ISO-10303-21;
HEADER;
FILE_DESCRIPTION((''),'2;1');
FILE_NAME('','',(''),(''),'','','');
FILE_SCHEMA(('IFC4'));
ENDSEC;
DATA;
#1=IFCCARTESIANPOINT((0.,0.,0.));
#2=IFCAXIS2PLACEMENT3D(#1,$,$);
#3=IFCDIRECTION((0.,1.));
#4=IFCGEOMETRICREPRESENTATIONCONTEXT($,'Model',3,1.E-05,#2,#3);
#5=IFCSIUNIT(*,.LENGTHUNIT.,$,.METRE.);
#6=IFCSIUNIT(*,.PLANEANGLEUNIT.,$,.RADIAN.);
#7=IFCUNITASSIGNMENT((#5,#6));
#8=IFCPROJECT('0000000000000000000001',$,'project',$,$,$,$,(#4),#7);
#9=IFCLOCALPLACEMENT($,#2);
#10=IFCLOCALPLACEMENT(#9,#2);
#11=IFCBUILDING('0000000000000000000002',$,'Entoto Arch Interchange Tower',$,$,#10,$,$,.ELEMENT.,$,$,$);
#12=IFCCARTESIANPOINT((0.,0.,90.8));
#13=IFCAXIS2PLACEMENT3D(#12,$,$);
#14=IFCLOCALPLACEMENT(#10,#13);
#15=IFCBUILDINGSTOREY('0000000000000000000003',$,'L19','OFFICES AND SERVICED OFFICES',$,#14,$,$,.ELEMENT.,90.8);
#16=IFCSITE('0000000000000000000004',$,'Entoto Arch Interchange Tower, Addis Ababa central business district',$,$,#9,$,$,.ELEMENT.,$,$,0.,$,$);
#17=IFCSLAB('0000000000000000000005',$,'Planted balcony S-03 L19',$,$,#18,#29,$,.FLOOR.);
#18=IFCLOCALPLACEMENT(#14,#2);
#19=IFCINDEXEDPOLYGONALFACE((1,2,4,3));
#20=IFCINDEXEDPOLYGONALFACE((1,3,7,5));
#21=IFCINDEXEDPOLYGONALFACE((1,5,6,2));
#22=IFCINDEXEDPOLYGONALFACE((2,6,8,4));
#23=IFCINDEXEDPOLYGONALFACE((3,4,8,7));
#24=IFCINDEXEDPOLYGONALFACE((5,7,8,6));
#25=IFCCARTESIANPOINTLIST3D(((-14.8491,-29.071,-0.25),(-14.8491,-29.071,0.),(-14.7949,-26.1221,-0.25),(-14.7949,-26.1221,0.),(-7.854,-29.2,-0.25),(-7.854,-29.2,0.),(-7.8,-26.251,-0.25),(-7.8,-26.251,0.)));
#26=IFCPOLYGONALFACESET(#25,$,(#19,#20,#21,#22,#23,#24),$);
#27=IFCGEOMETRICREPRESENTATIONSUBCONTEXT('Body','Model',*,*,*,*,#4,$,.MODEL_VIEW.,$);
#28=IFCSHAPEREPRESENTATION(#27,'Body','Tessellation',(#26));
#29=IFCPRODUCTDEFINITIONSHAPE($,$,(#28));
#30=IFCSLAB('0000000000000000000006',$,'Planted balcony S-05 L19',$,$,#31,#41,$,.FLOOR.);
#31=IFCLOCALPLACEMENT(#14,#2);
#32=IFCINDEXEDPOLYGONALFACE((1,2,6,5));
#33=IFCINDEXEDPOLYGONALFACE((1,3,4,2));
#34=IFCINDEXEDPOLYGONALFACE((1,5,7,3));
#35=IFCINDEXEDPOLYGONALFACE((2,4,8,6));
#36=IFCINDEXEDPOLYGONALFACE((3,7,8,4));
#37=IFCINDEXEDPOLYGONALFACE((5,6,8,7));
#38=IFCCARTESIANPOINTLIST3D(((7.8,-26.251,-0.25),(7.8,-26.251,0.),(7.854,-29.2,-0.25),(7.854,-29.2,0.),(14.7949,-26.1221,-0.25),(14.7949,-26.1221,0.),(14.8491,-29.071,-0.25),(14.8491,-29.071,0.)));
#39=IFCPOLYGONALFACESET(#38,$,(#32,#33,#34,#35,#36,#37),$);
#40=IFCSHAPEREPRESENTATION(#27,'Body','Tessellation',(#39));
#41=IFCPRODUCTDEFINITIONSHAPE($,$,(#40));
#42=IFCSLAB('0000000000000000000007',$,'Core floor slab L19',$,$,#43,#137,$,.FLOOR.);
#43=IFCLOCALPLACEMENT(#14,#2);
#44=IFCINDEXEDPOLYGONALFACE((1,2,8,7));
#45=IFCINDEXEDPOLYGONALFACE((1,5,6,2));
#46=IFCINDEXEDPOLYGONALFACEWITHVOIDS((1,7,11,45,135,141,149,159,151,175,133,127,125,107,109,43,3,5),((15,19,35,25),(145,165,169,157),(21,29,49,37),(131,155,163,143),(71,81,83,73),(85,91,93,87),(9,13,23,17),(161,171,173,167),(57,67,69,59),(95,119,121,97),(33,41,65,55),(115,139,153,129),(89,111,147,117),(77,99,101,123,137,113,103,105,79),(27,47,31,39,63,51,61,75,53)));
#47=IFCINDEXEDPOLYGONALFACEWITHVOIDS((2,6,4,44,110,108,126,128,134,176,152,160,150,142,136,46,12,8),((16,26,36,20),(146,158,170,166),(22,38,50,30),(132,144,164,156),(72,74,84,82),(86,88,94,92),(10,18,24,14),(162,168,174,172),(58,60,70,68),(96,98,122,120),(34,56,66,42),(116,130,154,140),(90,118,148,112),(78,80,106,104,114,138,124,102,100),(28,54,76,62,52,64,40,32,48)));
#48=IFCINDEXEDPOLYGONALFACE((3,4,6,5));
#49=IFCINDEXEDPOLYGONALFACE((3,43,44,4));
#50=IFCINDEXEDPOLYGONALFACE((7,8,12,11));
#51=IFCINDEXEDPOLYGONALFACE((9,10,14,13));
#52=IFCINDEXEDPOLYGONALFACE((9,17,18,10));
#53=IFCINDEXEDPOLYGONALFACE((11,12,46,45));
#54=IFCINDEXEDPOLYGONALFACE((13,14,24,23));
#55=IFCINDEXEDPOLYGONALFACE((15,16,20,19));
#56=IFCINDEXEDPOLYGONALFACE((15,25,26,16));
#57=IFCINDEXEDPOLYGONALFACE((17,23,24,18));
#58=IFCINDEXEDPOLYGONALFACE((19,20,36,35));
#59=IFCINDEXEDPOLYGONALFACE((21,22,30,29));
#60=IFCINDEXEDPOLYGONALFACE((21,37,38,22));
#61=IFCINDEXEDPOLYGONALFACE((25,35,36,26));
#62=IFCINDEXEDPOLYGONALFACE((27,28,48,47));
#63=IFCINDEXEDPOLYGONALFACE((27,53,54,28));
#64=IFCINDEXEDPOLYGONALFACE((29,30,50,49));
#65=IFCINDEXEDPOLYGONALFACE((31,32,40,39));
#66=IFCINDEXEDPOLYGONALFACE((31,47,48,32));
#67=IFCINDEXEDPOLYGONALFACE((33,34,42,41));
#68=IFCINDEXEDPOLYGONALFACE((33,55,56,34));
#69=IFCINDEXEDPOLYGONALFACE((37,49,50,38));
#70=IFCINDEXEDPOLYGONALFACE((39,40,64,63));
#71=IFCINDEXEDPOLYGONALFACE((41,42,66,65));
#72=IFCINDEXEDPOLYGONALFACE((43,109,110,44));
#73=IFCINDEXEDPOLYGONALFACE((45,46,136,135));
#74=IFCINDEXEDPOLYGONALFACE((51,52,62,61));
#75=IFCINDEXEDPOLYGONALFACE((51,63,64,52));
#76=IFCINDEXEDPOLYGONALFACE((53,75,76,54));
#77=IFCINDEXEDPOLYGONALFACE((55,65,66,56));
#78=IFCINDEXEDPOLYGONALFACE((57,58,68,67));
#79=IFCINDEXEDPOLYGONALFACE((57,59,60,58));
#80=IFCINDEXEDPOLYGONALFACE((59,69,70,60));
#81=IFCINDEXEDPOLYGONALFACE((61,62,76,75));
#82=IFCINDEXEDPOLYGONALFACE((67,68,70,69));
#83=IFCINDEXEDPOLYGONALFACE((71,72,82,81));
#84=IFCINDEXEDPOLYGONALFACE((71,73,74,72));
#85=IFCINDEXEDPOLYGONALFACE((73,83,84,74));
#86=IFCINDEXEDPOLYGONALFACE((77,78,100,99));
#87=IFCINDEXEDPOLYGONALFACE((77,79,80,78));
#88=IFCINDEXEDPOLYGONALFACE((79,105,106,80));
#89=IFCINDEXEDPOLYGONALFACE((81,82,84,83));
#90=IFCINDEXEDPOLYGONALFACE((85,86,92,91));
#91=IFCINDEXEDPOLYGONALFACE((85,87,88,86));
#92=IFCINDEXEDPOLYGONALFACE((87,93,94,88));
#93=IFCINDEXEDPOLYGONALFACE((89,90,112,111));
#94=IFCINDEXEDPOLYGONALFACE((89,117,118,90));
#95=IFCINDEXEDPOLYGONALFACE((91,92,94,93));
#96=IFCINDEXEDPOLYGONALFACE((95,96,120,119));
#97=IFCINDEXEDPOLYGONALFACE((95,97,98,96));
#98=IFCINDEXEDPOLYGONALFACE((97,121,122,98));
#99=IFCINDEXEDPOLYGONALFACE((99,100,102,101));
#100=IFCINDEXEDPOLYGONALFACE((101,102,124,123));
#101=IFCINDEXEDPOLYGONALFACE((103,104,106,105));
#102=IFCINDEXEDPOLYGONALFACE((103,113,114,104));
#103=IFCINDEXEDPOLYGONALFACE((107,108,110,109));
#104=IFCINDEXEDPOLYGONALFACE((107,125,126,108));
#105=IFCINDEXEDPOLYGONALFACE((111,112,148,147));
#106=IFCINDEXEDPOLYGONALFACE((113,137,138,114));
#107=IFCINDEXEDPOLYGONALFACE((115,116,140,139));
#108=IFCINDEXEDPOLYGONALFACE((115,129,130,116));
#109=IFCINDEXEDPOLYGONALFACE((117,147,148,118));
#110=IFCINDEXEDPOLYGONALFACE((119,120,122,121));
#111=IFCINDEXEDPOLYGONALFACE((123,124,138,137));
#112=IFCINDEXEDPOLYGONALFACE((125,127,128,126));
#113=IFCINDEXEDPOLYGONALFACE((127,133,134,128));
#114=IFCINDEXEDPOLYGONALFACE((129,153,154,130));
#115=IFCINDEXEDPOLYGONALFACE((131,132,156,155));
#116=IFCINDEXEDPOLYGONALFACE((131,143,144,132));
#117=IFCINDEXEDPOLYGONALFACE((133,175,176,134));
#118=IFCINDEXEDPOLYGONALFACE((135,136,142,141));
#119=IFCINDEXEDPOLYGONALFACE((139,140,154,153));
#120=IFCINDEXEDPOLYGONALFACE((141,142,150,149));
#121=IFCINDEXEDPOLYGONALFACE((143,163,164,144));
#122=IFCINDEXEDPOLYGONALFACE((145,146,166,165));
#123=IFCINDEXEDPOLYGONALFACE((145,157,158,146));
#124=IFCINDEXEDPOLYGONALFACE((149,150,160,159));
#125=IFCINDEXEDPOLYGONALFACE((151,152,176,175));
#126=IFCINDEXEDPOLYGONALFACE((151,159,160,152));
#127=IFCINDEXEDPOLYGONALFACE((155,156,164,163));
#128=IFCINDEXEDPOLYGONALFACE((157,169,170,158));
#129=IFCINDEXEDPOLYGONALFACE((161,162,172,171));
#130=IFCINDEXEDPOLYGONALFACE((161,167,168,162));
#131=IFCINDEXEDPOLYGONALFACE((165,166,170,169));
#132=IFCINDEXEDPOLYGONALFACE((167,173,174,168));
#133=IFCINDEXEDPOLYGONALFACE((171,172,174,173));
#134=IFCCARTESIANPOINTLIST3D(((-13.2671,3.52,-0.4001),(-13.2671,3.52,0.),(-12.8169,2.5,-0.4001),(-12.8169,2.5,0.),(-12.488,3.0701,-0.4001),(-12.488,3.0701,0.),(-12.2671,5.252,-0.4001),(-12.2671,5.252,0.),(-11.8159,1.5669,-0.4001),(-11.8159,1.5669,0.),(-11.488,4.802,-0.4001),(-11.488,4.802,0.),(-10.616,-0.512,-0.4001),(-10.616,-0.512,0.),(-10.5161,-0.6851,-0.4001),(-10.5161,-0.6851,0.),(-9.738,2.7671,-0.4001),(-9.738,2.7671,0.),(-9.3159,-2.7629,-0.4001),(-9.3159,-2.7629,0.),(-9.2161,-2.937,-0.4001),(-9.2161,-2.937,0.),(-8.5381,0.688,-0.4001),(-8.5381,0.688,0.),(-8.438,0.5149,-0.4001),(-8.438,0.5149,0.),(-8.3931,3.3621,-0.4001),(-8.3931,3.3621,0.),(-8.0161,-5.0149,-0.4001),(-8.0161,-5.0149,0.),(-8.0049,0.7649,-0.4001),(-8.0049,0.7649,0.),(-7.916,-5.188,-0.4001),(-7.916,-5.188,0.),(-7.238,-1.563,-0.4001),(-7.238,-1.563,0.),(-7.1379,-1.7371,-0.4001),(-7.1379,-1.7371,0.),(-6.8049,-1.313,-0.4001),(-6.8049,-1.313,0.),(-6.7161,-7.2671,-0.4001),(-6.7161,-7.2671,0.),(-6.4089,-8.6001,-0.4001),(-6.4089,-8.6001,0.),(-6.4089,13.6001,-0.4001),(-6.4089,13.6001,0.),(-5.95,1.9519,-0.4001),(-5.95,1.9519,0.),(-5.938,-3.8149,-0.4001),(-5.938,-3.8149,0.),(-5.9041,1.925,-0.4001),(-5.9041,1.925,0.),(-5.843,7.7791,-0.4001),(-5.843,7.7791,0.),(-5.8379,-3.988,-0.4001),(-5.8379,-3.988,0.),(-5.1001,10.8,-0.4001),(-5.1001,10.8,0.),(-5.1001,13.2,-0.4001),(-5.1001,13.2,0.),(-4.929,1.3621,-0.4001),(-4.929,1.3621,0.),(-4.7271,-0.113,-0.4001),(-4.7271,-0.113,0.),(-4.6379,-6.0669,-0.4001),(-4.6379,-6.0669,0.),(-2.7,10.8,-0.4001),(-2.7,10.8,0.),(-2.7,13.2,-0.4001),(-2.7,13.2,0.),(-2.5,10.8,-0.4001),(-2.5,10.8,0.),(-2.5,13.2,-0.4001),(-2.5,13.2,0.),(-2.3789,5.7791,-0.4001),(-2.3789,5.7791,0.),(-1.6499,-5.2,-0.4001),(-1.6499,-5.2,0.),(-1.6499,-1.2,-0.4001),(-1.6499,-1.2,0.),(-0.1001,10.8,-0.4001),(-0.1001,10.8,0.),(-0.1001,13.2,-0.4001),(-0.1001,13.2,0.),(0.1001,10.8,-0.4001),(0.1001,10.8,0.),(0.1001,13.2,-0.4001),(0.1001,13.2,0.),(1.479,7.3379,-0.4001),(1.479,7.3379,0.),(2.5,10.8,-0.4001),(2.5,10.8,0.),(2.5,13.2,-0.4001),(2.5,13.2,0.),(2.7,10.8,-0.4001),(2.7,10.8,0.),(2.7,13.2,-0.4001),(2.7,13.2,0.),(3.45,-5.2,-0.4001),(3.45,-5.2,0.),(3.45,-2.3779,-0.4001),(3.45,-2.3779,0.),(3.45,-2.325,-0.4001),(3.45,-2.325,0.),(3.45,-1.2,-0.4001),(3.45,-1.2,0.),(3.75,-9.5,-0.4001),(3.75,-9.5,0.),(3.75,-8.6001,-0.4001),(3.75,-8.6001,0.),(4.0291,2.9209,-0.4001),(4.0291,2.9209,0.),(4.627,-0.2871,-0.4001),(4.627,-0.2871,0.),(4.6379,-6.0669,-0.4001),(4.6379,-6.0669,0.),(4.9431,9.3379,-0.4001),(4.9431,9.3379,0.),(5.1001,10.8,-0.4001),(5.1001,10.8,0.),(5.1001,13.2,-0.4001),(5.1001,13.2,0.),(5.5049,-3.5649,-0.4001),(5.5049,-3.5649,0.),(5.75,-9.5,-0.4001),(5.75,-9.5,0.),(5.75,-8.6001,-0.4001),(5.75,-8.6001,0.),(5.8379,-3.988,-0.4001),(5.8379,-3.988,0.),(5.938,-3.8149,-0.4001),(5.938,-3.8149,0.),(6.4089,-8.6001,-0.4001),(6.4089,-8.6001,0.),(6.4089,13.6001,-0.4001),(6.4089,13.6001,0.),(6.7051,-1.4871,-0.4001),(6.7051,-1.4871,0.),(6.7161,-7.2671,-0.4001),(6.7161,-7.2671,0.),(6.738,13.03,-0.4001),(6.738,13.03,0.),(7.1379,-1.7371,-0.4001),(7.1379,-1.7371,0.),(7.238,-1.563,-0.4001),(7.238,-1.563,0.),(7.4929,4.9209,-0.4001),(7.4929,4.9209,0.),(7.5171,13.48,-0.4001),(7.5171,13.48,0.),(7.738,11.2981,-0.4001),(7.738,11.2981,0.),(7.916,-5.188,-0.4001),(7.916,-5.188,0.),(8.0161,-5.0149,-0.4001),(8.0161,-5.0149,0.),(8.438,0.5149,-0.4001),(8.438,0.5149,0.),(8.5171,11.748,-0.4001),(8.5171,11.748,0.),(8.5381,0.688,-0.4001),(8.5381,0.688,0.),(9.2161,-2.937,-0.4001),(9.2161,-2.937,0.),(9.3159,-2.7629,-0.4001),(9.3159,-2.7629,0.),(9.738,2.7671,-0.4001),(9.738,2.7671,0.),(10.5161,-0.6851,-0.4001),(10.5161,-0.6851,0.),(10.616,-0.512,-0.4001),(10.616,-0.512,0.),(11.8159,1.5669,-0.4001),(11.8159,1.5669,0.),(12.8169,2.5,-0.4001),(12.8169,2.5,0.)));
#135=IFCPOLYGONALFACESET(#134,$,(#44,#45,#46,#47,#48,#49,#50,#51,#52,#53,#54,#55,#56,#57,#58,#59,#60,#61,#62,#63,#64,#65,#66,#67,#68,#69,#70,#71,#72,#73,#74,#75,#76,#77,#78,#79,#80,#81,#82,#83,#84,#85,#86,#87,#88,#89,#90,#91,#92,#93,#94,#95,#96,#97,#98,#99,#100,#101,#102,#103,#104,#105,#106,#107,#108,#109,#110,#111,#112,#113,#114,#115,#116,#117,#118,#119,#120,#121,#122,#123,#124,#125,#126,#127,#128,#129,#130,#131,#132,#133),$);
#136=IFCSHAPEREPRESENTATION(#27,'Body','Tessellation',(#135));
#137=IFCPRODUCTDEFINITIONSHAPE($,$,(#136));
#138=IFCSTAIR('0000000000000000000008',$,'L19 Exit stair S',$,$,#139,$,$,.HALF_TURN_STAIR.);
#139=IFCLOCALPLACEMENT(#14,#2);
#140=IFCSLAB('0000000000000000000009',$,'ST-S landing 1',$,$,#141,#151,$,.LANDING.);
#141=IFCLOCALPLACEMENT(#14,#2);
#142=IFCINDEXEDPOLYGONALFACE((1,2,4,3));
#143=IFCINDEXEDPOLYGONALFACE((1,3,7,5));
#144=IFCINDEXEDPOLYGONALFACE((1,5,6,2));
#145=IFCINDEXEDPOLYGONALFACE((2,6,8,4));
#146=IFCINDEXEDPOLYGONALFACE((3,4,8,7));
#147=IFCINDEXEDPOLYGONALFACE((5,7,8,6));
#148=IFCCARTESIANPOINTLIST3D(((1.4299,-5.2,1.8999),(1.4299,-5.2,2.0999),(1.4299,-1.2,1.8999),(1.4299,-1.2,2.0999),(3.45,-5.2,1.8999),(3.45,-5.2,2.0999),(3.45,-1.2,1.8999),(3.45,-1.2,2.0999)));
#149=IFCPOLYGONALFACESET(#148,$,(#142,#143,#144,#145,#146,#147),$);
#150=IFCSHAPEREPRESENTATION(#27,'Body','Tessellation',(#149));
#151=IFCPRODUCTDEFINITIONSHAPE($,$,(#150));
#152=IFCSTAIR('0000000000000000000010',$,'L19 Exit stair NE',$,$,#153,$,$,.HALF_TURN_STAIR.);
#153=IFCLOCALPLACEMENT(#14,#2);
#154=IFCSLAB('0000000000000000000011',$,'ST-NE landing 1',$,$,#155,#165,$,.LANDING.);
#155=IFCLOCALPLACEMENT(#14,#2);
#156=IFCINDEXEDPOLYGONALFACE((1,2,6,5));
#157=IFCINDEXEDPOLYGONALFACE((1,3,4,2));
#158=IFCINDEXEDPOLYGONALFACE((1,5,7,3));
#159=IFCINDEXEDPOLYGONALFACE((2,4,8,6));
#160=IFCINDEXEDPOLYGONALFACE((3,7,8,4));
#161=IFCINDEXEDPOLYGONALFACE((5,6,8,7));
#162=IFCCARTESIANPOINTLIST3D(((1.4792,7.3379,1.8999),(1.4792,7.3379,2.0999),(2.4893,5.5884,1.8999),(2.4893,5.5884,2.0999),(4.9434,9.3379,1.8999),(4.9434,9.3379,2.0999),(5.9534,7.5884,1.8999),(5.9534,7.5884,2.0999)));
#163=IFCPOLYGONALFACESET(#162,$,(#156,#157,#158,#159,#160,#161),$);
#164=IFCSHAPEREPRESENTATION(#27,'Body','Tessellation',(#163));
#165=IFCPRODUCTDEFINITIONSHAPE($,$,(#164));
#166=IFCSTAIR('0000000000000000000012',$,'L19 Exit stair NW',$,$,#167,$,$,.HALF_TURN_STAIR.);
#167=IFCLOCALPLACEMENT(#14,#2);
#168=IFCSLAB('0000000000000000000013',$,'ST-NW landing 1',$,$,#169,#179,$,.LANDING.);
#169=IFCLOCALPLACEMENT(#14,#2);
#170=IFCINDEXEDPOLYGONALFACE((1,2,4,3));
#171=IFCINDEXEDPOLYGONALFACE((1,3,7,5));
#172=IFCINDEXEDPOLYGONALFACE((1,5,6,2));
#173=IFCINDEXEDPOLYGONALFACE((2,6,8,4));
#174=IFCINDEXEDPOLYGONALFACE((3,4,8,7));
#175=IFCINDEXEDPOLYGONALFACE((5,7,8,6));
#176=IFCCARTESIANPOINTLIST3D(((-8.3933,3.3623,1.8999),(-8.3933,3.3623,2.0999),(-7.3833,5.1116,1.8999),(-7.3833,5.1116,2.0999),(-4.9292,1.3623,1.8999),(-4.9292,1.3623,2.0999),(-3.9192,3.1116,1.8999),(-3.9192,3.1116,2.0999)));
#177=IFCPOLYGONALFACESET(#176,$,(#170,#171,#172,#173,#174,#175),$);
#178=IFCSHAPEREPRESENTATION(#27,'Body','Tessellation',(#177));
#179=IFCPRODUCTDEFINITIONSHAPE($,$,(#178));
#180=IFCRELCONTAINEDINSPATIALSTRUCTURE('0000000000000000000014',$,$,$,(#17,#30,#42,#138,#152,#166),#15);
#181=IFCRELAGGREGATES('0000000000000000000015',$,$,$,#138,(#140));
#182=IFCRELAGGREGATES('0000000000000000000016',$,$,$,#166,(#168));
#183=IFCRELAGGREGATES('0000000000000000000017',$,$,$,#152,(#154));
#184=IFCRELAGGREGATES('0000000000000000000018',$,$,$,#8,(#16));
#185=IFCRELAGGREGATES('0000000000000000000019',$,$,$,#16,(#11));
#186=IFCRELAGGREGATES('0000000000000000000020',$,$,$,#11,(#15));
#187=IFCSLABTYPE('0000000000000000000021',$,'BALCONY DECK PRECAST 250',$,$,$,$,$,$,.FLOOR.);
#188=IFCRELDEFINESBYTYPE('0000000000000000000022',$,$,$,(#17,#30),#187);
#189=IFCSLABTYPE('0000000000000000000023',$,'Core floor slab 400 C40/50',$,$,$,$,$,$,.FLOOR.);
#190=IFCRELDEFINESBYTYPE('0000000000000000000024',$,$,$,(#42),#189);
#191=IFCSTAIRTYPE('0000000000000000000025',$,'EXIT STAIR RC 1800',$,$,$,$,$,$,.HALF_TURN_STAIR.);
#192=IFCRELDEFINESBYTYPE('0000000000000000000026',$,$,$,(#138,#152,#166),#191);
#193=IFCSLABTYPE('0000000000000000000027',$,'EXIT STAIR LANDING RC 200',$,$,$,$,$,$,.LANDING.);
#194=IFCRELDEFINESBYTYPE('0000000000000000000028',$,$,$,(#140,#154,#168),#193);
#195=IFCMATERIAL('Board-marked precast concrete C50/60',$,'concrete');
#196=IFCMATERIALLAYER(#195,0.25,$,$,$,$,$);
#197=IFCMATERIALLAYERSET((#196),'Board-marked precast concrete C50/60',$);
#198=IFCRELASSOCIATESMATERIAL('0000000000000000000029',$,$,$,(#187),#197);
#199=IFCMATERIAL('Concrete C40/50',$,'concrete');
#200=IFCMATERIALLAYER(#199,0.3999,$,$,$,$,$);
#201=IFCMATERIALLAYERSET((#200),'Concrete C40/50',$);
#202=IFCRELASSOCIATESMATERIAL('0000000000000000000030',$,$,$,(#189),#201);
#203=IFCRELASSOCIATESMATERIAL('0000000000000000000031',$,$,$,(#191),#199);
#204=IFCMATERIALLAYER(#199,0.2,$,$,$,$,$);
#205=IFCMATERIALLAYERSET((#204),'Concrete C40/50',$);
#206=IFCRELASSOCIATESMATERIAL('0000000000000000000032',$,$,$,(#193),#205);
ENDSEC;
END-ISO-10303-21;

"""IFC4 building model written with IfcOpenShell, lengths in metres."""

from ifc_helpers import new_model, si_unit, direction, frame, origin, place, context, subcontext, project, spatial, polyline, outline, extrude, material, layer, layer_set, type_object, element, aggregate, save


model = new_model("IFC4")

# Units and contexts
model_context = context("Model", 3, precision=1e-05, world=origin(), true_north=direction((0.0, 1.0)))
body_context = subcontext(model_context, "Body", "Model", "MODEL_VIEW")
ifc_project = project(units=[si_unit("LENGTHUNIT", "METRE"), si_unit("PLANEANGLEUNIT", "RADIAN")], contexts=[model_context])

# Site, building, storey
site_placement = place(None, origin())
site = spatial("IfcSite", under=ifc_project, at=site_placement, Name="Entoto Arch Interchange Tower, Addis Ababa central business district", CompositionType="ELEMENT", RefElevation=0.0)
building_placement = place(site_placement, origin())
building = spatial("IfcBuilding", under=site, at=building_placement, Name="Entoto Arch Interchange Tower", CompositionType="ELEMENT")
storey_placement = place(building_placement, frame((0.0, 0.0, 90.8)))
storey = spatial("IfcBuildingStorey", under=building, at=storey_placement, Name="L19", Description="OFFICES AND SERVICED OFFICES", CompositionType="ELEMENT", Elevation=90.8)

# Slabs
ifc_material_1 = material(Name="Board-marked precast concrete C50/60", Category="concrete")
ifc_layer_1 = layer(ifc_material_1, 0.25)
ifc_layer_set_1 = layer_set([ifc_layer_1], Name="Board-marked precast concrete C50/60")
slab_type_1 = type_object("IfcSlabType", Name="BALCONY DECK PRECAST 250", PredefinedType="FLOOR", material=ifc_layer_set_1)
slab_1_placement = place(storey_placement, frame((0.0, 0.0, -0.25)))
element("IfcSlab", 1, at=slab_1_placement, inside=storey, type_object=slab_type_1, Name="Planted balcony S-03 L19", PredefinedType="FLOOR", context=body_context, shape_type="SweptSolid", body=[
    extrude(outline(polyline([(-14.7949, -26.1221), (-7.8, -26.251), (-7.854, -29.2), (-14.8491, -29.071), (-14.7949, -26.1221)])), origin(), (0.0, 0.0, 1.0), 0.25),
])
slab_2_placement = place(storey_placement, frame((0.0, 0.0, -0.25)))
element("IfcSlab", 2, at=slab_2_placement, inside=storey, type_object=slab_type_1, Name="Planted balcony S-05 L19", PredefinedType="FLOOR", context=body_context, shape_type="SweptSolid", body=[
    extrude(outline(polyline([(7.8, -26.251), (14.7949, -26.1221), (14.8491, -29.071), (7.854, -29.2), (7.8, -26.251)])), origin(), (0.0, 0.0, 1.0), 0.25),
])
ifc_material_2 = material(Name="Concrete C40/50", Category="concrete")
ifc_layer_2 = layer(ifc_material_2, 0.3999)
ifc_layer_set_2 = layer_set([ifc_layer_2], Name="Concrete C40/50")
slab_type_2 = type_object("IfcSlabType", Name="Core floor slab 400 C40/50", PredefinedType="FLOOR", material=ifc_layer_set_2)
slab_3_placement = place(storey_placement, frame((0.0, 0.0, -0.4001)))
element("IfcSlab", 3, at=slab_3_placement, inside=storey, type_object=slab_type_2, Name="Core floor slab L19", PredefinedType="FLOOR", context=body_context, shape_type="SweptSolid", body=[
    extrude(outline(polyline([(5.75, -9.5), (3.75, -9.5), (3.75, -8.6001), (-6.4089, -8.6001), (-12.8169, 2.5), (-12.488, 3.0701), (-13.2671, 3.52), (-12.2671, 5.252), (-11.488, 4.802), (-6.4089, 13.6001), (6.4089, 13.6001), (6.738, 13.03), (7.5171, 13.48), (8.5171, 11.748), (7.738, 11.2981), (12.8169, 2.5), (6.4089, -8.6001), (5.75, -8.6001), (5.75, -9.5)]), holes=[polyline([(-4.6379, -6.0669), (-5.8379, -3.988), (-7.916, -5.188), (-6.7161, -7.2671), (-4.6379, -6.0669)]), polyline([(-5.938, -3.8149), (-7.1379, -1.7371), (-9.2161, -2.937), (-8.0161, -5.0149), (-5.938, -3.8149)]), polyline([(5.5049, -3.5649), (6.7051, -1.4871), (4.627, -0.2871), (3.45, -2.325), (3.45, -1.2), (-1.6499, -1.2), (-1.6499, -5.2), (3.45, -5.2), (3.45, -2.3779), (5.5049, -3.5649)]), polyline([(-7.238, -1.563), (-8.438, 0.5149), (-10.5161, -0.6851), (-9.3159, -2.7629), (-7.238, -1.563)]), polyline([(-4.7271, -0.113), (-5.9041, 1.925), (-4.929, 1.3621), (-2.3789, 5.7791), (-5.843, 7.7791), (-8.3931, 3.3621), (-5.95, 1.9519), (-8.0049, 0.7649), (-6.8049, -1.313), (-4.7271, -0.113)]), polyline([(-8.5381, 0.688), (-9.738, 2.7671), (-11.8159, 1.5669), (-10.616, -0.512), (-8.5381, 0.688)]), polyline([(-5.1001, 10.8), (-2.7, 10.8), (-2.7, 13.2), (-5.1001, 13.2), (-5.1001, 10.8)]), polyline([(-2.5, 10.8), (-0.1001, 10.8), (-0.1001, 13.2), (-2.5, 13.2), (-2.5, 10.8)]), polyline([(5.8379, -3.988), (4.6379, -6.0669), (6.7161, -7.2671), (7.916, -5.188), (5.8379, -3.988)]), polyline([(7.1379, -1.7371), (5.938, -3.8149), (8.0161, -5.0149), (9.2161, -2.937), (7.1379, -1.7371)]), polyline([(8.438, 0.5149), (7.238, -1.563), (9.3159, -2.7629), (10.5161, -0.6851), (8.438, 0.5149)]), polyline([(9.738, 2.7671), (8.5381, 0.688), (10.616, -0.512), (11.8159, 1.5669), (9.738, 2.7671)]), polyline([(4.0291, 2.9209), (7.4929, 4.9209), (4.9431, 9.3379), (1.479, 7.3379), (4.0291, 2.9209)]), polyline([(0.1001, 13.2), (0.1001, 10.8), (2.5, 10.8), (2.5, 13.2), (0.1001, 13.2)]), polyline([(2.7, 13.2), (2.7, 10.8), (5.1001, 10.8), (5.1001, 13.2), (2.7, 13.2)])]), origin(), (0.0, 0.0, 1.0), 0.4001),
])

# Stairs, slabs
stair_type = type_object("IfcStairType", Name="EXIT STAIR RC 1800", PredefinedType="HALF_TURN_STAIR", material=ifc_material_2)
stair_1_placement = place(storey_placement, origin())
stair_1 = element("IfcStair", 4, at=stair_1_placement, inside=storey, type_object=stair_type, Name="L19 Exit stair S", PredefinedType="HALF_TURN_STAIR")
ifc_layer_3 = layer(ifc_material_2, 0.2)
ifc_layer_set_3 = layer_set([ifc_layer_3], Name="Concrete C40/50")
slab_type_3 = type_object("IfcSlabType", Name="EXIT STAIR LANDING RC 200", PredefinedType="LANDING", material=ifc_layer_set_3)
slab_4_placement = place(storey_placement, frame((0.0, 0.0, 1.8999)))
slab_4 = element("IfcSlab", 5, at=slab_4_placement, type_object=slab_type_3, Name="ST-S landing 1", PredefinedType="LANDING", context=body_context, shape_type="SweptSolid", body=[
    extrude(outline(polyline([(1.4299, -5.2), (3.45, -5.2), (3.45, -1.2), (1.4299, -1.2), (1.4299, -5.2)])), origin(), (0.0, 0.0, 1.0), 0.2),
])
aggregate(stair_1, [slab_4])
stair_2_placement = place(storey_placement, origin())
stair_2 = element("IfcStair", 6, at=stair_2_placement, inside=storey, type_object=stair_type, Name="L19 Exit stair NE", PredefinedType="HALF_TURN_STAIR")
slab_5_placement = place(storey_placement, frame((0.0, 0.0, 1.8999)))
slab_5 = element("IfcSlab", 7, at=slab_5_placement, type_object=slab_type_3, Name="ST-NE landing 1", PredefinedType="LANDING", context=body_context, shape_type="SweptSolid", body=[
    extrude(outline(polyline([(5.9534, 7.5884), (4.9434, 9.3379), (1.4792, 7.3379), (2.4893, 5.5884), (5.9534, 7.5884)])), origin(), (0.0, 0.0, 1.0), 0.2),
])
stair_3_placement = place(storey_placement, origin())
stair_3 = element("IfcStair", 8, at=stair_3_placement, inside=storey, type_object=stair_type, Name="L19 Exit stair NW", PredefinedType="HALF_TURN_STAIR")
slab_6_placement = place(storey_placement, frame((0.0, 0.0, 1.8999)))
slab_6 = element("IfcSlab", 9, at=slab_6_placement, type_object=slab_type_3, Name="ST-NW landing 1", PredefinedType="LANDING", context=body_context, shape_type="SweptSolid", body=[
    extrude(outline(polyline([(-7.3833, 5.1116), (-8.3933, 3.3623), (-4.9292, 1.3623), (-3.9192, 3.1116), (-7.3833, 5.1116)])), origin(), (0.0, 0.0, 1.0), 0.2),
])
aggregate(stair_3, [slab_6])

aggregate(stair_2, [slab_5])

save(model, "model.ifc")
